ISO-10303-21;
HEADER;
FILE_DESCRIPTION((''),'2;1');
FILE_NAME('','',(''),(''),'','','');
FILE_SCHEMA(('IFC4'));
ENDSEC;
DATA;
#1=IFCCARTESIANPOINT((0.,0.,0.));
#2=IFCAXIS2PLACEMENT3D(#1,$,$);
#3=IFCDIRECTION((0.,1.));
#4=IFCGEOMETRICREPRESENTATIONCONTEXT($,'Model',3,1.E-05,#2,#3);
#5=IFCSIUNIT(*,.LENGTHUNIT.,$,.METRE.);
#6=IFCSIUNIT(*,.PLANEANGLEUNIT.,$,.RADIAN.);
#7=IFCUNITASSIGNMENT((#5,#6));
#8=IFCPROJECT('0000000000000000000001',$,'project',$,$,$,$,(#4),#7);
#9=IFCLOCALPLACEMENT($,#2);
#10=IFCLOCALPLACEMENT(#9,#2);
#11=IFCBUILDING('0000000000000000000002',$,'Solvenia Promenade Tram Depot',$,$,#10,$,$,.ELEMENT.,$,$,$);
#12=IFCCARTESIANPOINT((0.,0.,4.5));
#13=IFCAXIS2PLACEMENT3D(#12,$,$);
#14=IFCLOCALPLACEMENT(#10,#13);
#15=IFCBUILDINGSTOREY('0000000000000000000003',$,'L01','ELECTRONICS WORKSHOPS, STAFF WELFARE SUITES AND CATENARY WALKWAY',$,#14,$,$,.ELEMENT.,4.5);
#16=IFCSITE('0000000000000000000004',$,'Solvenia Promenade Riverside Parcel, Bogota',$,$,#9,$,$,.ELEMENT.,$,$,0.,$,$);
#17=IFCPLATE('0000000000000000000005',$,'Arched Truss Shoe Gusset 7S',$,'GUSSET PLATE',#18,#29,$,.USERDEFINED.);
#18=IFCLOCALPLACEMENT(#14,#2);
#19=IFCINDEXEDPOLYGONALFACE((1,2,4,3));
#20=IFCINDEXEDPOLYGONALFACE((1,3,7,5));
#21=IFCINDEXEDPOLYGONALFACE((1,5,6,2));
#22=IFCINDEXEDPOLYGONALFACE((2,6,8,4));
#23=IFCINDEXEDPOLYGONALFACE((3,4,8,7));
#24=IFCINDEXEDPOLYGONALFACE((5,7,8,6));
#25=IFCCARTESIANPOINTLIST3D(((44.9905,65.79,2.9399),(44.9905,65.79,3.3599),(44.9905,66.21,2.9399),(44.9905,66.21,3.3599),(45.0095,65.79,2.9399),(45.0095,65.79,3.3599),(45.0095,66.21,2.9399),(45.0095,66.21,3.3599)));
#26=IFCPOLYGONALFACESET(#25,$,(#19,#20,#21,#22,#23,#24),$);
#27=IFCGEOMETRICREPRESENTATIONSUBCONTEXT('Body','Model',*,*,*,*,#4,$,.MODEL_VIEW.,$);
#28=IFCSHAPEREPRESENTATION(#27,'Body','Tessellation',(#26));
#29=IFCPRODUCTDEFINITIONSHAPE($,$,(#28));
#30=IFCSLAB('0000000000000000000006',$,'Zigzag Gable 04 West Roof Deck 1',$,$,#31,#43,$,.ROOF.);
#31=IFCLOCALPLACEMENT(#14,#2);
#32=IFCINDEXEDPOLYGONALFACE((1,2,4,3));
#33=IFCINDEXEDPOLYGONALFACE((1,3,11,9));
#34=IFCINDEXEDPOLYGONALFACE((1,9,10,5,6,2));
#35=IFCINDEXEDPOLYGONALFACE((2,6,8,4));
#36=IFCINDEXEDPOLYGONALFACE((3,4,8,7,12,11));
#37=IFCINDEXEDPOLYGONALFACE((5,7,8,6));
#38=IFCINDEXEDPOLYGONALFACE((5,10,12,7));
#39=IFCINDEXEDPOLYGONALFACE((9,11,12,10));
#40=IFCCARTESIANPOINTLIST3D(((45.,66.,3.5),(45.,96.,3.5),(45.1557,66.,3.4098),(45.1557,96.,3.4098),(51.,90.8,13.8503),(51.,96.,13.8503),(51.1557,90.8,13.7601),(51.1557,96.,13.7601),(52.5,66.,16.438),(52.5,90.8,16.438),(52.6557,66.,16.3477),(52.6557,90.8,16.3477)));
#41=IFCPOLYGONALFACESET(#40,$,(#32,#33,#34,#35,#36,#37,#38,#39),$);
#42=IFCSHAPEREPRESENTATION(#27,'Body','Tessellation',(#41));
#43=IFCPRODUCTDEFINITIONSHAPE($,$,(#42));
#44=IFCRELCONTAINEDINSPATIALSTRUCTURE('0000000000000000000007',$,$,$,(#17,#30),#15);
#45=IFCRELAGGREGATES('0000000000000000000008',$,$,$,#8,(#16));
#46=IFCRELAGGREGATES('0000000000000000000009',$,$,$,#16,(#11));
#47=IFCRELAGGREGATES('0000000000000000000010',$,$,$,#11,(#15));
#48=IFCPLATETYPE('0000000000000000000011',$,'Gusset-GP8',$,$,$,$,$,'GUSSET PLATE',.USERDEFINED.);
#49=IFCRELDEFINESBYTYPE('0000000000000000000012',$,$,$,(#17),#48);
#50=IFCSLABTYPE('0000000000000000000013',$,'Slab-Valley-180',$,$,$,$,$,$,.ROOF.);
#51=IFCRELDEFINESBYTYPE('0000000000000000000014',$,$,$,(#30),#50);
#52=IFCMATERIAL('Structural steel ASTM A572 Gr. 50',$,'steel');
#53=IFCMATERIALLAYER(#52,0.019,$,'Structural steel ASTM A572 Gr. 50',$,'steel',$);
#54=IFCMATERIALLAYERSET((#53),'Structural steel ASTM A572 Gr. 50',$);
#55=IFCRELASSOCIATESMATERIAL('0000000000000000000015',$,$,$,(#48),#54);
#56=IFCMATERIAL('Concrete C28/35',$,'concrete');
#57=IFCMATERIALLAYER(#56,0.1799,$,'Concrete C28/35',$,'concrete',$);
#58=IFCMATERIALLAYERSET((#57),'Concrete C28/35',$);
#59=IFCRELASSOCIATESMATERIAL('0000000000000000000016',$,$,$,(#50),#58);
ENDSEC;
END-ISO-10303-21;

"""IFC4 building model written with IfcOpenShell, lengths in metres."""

from ifc_helpers import new_model, si_unit, direction, frame, origin, origin_2d, place, context, subcontext, project, spatial, polyline, rectangle, outline, extrude, material, layer, layer_set, type_object, element, save


model = new_model("IFC4")

# Units and contexts
model_context = context("Model", 3, precision=1e-05, world=origin(), true_north=direction((0.0, 1.0)))
body_context = subcontext(model_context, "Body", "Model", "MODEL_VIEW")
ifc_project = project(units=[si_unit("LENGTHUNIT", "METRE"), si_unit("PLANEANGLEUNIT", "RADIAN")], contexts=[model_context])

# Site, building, storey
site_placement = place(None, origin())
site = spatial("IfcSite", under=ifc_project, at=site_placement, Name="Solvenia Promenade Riverside Parcel, Bogota", CompositionType="ELEMENT", RefElevation=0.0)
building_placement = place(site_placement, origin())
building = spatial("IfcBuilding", under=site, at=building_placement, Name="Solvenia Promenade Tram Depot", CompositionType="ELEMENT")
storey_placement = place(building_placement, frame((0.0, 0.0, 4.5)))
storey = spatial("IfcBuildingStorey", under=building, at=storey_placement, Name="L01", Description="ELECTRONICS WORKSHOPS, STAFF WELFARE SUITES AND CATENARY WALKWAY", CompositionType="ELEMENT", Elevation=4.5)

# Plate
ifc_material_1 = material(Name="Structural steel ASTM A572 Gr. 50", Category="steel")
ifc_layer_1 = layer(ifc_material_1, 0.019, Name="Structural steel ASTM A572 Gr. 50", Category="steel")
ifc_layer_set_1 = layer_set([ifc_layer_1], Name="Structural steel ASTM A572 Gr. 50")
plate_type_1 = type_object("IfcPlateType", Name="Gusset-GP8", ElementType="GUSSET PLATE", PredefinedType="USERDEFINED", material=ifc_layer_set_1)
plate_1_placement = place(storey_placement, frame((45.0, 66.0, 2.9399), z_axis=(0.0, 0.0, 1.0), x_axis=(1.0, 0.0, 0.0)))
element("IfcPlate", 1, at=plate_1_placement, inside=storey, type_object=plate_type_1, Name="Arched Truss Shoe Gusset 7S", ObjectType="GUSSET PLATE", PredefinedType="USERDEFINED", context=body_context, shape_type="SweptSolid", body=[
    extrude(rectangle(XDim=0.019, YDim=0.4199, at=origin_2d()), origin(), (0.0, 0.0, 1.0), 0.4199),
])

# Slab
ifc_material_2 = material(Name="Concrete C28/35", Category="concrete")
ifc_layer_2 = layer(ifc_material_2, 0.1799, Name="Concrete C28/35", Category="concrete")
ifc_layer_set_2 = layer_set([ifc_layer_2], Name="Concrete C28/35")
slab_type = type_object("IfcSlabType", Name="Slab-Valley-180", PredefinedType="ROOF", material=ifc_layer_set_2)
slab_placement = place(storey_placement, frame((45.0, 66.0, 3.5), z_axis=(-0.865148, 0.0, 0.501517), x_axis=(0.0, 1.0, 0.0)))
element("IfcSlab", 2, at=slab_placement, inside=storey, type_object=slab_type, Name="Zigzag Gable 04 West Roof Deck 1", PredefinedType="ROOF", context=body_context, shape_type="SweptSolid", body=[
    extrude(outline(polyline([(0.0, 0.0), (30.0, 0.0), (30.0, -11.9637), (24.8, -11.9637), (24.8, -14.9546), (0.0, -14.9546), (0.0, 0.0)])), origin(), (0.0, 0.0, -1.0), 0.1799),
])

save(model, "model.ifc")
